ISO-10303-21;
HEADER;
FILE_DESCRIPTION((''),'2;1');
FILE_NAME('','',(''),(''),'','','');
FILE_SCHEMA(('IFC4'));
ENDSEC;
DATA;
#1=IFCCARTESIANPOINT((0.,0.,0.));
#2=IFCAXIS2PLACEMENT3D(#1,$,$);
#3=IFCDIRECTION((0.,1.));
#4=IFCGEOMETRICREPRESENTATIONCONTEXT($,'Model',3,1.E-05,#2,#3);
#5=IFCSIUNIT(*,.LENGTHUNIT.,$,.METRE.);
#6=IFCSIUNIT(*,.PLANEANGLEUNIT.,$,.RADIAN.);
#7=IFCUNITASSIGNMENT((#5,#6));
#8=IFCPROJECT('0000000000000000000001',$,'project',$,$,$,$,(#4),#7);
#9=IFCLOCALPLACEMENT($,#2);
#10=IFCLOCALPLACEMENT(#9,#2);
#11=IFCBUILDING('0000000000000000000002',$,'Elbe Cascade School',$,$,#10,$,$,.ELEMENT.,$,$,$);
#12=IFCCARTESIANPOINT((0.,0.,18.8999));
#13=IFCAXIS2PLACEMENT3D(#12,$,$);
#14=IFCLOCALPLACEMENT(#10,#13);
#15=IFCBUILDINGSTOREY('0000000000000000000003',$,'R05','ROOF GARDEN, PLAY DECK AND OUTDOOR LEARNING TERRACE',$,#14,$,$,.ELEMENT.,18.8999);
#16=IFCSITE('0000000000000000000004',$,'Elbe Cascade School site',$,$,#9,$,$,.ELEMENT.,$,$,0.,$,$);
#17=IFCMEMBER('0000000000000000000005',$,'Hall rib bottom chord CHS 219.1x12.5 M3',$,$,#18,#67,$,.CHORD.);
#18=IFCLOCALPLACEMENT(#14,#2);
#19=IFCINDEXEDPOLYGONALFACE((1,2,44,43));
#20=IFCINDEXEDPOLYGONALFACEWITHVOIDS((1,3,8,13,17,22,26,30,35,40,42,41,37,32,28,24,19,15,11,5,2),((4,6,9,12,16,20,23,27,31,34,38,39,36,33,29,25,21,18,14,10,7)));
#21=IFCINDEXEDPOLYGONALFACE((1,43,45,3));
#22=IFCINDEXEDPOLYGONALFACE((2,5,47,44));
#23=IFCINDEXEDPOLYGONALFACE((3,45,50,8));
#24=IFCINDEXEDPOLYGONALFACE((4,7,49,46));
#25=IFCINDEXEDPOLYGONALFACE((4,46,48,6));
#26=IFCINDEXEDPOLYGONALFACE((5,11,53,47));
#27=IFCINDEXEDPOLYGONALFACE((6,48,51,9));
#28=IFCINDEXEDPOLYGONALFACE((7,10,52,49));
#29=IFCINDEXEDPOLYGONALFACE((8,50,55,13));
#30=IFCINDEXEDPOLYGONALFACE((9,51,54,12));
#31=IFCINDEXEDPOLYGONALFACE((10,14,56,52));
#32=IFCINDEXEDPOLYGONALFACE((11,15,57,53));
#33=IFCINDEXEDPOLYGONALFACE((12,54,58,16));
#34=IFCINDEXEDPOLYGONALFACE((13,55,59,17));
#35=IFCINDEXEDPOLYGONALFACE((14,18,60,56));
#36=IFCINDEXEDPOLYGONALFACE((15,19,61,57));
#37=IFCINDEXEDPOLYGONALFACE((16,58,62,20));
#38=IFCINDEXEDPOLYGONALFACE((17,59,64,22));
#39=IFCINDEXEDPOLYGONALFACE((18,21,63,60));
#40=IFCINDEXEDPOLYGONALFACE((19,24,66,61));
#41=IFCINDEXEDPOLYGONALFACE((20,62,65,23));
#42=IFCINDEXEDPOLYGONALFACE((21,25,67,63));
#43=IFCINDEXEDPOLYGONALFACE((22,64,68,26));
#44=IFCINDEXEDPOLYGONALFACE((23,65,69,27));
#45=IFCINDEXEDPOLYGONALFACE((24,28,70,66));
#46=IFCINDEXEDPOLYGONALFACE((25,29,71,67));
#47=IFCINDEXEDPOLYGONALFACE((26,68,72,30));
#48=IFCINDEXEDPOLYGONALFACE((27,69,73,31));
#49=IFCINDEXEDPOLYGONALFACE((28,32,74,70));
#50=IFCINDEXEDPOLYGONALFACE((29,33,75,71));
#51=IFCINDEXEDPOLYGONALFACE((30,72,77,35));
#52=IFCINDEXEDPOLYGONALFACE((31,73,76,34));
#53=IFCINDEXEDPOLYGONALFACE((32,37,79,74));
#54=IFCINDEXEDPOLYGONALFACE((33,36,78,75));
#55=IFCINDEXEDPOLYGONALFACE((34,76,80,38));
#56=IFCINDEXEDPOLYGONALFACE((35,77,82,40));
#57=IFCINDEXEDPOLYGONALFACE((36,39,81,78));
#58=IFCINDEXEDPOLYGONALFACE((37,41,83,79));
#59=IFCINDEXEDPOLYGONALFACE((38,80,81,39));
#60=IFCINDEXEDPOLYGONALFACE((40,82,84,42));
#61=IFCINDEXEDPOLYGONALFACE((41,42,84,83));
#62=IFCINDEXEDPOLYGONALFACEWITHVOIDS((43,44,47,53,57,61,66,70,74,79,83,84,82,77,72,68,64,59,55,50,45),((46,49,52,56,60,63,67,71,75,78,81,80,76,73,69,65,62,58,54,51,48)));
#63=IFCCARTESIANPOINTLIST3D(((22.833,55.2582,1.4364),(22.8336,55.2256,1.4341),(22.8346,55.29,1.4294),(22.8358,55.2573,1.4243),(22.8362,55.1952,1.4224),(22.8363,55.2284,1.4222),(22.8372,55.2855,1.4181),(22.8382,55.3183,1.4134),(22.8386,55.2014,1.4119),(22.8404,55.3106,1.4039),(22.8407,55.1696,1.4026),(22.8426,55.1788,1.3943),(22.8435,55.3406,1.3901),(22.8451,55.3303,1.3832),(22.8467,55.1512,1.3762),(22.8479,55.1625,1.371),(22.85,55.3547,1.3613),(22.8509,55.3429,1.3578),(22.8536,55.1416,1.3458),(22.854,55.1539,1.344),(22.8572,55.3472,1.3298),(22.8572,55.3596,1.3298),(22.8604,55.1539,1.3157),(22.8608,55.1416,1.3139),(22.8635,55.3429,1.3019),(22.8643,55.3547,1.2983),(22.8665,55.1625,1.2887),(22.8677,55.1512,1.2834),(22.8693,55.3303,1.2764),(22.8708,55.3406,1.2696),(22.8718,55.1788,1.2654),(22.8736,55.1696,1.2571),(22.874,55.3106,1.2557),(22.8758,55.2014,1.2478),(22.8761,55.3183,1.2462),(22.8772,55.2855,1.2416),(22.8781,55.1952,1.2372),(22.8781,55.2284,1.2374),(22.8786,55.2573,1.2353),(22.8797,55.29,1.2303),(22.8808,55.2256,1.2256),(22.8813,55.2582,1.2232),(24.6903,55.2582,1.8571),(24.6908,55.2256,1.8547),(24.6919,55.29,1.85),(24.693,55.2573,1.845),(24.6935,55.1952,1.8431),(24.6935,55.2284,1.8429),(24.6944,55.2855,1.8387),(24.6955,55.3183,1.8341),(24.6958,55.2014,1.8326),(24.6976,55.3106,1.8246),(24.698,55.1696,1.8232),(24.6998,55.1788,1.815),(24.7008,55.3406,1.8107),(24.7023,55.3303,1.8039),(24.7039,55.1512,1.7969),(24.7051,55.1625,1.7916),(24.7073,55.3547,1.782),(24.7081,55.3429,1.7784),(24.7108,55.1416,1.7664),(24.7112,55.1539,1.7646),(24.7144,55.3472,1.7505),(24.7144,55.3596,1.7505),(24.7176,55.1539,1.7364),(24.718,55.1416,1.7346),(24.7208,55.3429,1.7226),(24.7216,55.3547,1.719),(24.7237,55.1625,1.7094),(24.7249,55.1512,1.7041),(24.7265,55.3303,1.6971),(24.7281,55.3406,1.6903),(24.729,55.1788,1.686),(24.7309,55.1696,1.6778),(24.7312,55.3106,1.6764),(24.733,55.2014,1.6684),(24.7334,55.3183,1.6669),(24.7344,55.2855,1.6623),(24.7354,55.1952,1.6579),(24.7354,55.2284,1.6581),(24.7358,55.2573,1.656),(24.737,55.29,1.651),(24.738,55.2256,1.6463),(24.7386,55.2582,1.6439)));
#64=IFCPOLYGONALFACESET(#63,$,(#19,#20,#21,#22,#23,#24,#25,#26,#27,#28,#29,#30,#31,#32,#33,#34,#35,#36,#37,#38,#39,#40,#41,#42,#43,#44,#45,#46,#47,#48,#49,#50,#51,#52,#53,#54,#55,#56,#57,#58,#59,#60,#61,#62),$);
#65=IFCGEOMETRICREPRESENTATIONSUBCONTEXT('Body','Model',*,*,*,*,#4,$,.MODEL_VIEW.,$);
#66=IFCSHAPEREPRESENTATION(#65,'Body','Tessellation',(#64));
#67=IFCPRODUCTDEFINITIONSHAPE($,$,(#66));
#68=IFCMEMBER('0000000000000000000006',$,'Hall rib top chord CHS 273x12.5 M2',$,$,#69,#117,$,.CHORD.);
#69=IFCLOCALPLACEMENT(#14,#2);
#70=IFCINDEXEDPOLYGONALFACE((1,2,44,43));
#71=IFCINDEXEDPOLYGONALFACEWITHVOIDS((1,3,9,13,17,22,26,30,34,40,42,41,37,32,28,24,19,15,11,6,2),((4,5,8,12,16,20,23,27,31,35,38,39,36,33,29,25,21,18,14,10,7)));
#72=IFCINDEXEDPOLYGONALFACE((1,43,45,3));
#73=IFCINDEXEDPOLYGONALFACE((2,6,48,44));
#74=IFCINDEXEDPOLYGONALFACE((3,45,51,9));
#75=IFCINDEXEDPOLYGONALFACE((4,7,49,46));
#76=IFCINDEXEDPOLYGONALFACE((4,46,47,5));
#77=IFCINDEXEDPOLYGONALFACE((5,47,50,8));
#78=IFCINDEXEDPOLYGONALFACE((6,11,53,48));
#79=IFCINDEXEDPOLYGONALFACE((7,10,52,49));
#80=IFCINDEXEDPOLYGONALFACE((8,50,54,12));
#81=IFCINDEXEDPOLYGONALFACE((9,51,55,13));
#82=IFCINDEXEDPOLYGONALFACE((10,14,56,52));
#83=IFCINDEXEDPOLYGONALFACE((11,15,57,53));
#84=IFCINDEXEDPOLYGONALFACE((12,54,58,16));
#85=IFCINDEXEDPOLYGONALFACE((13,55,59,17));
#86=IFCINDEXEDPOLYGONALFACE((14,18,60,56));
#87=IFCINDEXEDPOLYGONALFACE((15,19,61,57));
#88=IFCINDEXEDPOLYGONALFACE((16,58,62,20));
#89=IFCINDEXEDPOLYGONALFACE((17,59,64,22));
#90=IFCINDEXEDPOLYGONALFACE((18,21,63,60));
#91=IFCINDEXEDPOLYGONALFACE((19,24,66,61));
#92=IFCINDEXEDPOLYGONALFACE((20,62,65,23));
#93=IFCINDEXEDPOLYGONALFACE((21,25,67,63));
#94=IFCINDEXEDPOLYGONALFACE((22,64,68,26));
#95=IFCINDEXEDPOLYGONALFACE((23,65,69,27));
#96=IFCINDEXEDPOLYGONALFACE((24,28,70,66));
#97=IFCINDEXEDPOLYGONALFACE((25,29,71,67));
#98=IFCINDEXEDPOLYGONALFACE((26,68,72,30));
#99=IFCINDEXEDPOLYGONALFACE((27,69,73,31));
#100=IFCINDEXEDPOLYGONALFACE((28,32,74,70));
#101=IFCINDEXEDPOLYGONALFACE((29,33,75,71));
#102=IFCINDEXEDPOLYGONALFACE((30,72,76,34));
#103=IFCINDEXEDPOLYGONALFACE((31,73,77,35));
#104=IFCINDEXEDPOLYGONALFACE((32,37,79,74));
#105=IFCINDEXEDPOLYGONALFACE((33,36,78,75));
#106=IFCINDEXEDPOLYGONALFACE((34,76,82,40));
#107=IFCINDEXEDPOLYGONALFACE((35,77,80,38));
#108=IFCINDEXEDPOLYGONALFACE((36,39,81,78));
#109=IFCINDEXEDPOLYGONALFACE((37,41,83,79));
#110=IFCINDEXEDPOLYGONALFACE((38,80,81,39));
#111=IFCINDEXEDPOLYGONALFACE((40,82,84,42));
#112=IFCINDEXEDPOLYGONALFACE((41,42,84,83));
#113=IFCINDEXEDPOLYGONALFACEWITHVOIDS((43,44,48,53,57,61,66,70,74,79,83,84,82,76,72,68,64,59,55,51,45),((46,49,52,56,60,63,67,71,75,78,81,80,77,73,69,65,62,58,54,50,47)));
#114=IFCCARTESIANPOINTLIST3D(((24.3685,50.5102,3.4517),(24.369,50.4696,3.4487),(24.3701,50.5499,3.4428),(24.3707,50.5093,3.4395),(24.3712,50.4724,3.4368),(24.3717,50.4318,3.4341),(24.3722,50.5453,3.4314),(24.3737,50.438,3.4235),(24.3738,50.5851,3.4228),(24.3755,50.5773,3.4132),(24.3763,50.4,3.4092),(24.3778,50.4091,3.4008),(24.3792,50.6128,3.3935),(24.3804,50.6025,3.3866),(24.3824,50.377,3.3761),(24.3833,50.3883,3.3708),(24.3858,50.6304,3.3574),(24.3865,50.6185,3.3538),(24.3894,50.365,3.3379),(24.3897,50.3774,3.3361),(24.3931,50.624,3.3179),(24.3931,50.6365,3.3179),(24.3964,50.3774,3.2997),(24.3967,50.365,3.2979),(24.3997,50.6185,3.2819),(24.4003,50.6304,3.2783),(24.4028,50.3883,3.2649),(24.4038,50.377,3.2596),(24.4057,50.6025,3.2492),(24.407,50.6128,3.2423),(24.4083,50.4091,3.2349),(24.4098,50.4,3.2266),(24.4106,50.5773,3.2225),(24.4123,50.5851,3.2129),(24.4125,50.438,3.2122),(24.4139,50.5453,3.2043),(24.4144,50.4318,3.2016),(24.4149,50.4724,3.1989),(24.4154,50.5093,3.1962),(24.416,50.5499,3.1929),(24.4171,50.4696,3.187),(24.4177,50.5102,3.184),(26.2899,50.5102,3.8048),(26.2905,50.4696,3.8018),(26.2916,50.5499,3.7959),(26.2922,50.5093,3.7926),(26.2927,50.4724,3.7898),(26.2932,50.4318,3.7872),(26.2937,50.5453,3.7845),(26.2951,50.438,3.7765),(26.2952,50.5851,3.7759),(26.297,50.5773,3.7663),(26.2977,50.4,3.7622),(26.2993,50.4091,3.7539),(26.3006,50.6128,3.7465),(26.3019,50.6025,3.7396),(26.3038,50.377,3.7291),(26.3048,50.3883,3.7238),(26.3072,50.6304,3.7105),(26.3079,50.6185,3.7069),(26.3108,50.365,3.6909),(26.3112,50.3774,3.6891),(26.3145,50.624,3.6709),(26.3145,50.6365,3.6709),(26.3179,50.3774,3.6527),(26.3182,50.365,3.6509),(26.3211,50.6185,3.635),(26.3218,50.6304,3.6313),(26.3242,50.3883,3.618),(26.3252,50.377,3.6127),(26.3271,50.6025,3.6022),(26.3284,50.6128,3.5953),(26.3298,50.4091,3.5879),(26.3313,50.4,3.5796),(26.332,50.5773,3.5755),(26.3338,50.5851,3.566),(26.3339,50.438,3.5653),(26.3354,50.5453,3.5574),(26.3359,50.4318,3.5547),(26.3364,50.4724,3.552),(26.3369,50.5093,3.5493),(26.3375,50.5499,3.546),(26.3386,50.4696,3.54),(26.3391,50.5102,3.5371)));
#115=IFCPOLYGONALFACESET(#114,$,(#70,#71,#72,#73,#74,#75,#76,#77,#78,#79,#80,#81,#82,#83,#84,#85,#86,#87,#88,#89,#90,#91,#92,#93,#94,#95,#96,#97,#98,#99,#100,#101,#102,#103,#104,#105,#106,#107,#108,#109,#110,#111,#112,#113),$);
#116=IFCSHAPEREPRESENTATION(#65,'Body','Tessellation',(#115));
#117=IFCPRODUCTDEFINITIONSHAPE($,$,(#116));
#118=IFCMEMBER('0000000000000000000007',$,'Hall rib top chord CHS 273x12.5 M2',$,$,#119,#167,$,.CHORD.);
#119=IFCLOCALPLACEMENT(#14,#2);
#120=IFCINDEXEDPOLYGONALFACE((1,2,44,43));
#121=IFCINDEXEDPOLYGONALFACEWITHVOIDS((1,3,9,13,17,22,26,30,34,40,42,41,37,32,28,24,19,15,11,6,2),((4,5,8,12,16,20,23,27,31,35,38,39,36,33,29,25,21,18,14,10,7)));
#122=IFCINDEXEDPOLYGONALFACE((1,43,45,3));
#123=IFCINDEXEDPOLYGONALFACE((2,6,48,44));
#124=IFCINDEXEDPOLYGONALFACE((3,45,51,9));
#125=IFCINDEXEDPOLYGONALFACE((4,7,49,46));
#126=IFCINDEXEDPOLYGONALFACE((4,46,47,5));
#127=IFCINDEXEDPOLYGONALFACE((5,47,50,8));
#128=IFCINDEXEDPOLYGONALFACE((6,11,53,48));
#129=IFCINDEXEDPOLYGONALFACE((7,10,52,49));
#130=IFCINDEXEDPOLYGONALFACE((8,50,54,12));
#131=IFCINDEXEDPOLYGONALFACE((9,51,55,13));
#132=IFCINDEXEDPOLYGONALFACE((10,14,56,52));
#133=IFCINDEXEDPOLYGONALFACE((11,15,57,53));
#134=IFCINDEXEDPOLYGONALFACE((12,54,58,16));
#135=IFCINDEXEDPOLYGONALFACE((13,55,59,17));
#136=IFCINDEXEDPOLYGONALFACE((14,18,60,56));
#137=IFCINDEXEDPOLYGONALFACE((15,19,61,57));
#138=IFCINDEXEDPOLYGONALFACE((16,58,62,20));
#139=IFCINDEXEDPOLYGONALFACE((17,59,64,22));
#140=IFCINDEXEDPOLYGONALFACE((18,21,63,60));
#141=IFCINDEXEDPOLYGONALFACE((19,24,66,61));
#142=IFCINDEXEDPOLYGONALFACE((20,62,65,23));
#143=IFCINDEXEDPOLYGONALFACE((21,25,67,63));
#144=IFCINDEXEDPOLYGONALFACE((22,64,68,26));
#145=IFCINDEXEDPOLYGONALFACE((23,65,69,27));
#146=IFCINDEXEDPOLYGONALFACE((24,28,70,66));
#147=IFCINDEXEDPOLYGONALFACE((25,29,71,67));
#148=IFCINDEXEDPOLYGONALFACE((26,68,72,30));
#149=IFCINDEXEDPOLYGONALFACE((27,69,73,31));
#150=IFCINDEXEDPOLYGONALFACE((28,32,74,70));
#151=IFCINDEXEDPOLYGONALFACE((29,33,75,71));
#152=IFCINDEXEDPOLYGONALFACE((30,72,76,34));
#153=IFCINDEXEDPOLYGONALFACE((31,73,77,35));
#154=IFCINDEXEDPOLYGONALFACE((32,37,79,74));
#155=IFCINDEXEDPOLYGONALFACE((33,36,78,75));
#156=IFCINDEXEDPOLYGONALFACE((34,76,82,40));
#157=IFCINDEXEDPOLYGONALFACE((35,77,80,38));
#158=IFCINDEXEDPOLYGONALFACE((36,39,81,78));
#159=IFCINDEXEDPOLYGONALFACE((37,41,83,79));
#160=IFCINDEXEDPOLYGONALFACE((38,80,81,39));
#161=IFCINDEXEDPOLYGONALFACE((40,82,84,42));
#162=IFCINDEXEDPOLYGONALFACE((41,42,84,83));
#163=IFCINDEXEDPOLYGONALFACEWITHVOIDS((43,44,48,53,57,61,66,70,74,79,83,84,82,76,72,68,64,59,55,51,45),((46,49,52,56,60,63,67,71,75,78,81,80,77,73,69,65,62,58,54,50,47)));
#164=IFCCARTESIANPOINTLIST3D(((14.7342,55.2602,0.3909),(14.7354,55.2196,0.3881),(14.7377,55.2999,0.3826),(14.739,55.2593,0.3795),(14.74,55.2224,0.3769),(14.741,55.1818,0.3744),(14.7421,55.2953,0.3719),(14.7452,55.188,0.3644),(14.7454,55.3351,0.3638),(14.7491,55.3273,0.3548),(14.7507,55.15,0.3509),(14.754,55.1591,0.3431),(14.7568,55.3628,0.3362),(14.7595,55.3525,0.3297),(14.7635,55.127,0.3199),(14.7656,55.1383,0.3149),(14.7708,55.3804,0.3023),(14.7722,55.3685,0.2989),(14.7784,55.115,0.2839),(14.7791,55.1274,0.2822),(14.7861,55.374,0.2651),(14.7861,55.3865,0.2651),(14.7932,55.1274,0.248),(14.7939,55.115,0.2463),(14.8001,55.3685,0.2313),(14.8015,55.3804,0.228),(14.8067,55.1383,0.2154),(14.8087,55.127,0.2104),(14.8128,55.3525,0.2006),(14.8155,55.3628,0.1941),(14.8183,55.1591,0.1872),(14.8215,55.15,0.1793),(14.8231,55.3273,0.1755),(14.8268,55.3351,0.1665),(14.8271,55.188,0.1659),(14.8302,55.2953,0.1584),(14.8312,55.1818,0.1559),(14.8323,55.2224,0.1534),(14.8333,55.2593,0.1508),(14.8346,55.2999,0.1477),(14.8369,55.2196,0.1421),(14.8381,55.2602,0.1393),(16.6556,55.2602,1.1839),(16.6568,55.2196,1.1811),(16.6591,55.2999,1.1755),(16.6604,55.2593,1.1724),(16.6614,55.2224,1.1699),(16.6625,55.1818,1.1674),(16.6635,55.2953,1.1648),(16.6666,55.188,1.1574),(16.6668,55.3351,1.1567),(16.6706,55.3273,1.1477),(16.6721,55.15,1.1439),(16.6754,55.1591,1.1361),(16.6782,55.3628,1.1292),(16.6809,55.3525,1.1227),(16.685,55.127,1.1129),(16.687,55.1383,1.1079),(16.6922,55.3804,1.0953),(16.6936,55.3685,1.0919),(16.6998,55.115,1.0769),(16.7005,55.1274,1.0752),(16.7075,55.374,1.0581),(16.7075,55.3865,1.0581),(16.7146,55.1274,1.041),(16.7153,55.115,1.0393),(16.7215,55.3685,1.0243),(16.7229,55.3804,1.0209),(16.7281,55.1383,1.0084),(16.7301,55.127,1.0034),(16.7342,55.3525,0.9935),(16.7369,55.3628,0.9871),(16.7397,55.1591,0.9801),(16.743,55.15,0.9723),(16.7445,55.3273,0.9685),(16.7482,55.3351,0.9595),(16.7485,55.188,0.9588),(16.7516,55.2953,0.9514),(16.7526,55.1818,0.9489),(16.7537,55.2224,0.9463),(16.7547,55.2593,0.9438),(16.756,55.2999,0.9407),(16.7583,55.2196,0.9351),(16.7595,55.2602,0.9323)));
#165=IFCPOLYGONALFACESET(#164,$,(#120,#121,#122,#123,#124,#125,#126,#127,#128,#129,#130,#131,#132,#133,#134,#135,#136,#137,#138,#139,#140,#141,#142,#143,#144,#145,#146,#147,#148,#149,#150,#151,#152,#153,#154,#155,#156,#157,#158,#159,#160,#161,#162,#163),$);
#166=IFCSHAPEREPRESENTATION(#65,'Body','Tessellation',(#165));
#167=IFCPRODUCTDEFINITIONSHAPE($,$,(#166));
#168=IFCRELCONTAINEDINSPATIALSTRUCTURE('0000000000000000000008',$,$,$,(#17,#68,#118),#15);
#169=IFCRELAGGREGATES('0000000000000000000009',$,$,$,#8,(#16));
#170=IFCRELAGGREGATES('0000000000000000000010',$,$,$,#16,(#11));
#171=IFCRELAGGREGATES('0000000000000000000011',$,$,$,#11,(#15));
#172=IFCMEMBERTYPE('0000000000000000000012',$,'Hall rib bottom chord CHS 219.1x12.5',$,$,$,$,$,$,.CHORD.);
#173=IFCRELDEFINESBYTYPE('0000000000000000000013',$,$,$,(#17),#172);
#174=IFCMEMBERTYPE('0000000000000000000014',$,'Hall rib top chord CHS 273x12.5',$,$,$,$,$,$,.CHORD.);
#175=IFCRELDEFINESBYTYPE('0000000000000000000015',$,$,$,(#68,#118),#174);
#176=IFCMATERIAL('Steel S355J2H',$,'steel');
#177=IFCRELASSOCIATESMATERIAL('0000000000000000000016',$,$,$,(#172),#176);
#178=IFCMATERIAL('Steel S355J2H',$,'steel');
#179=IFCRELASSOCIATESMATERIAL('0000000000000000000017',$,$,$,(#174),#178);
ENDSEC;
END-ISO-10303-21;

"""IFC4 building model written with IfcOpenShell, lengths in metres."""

from ifc_helpers import new_model, si_unit, direction, frame, origin, origin_2d, place, context, subcontext, project, spatial, hollow_circle, extrude, material, material_profile, profile_set, type_object, element, save


model = new_model("IFC4")

# Units and contexts
model_context = context("Model", 3, precision=1e-05, world=origin(), true_north=direction((0.0, 1.0)))
body_context = subcontext(model_context, "Body", "Model", "MODEL_VIEW")
ifc_project = project(units=[si_unit("LENGTHUNIT", "METRE"), si_unit("PLANEANGLEUNIT", "RADIAN")], contexts=[model_context])

# Site, building, storey
site_placement = place(None, origin())
site = spatial("IfcSite", under=ifc_project, at=site_placement, Name="Elbe Cascade School site", CompositionType="ELEMENT", RefElevation=0.0)
building_placement = place(site_placement, origin())
building = spatial("IfcBuilding", under=site, at=building_placement, Name="Elbe Cascade School", CompositionType="ELEMENT")
storey_placement = place(building_placement, frame((0.0, 0.0, 18.8999)))
storey = spatial("IfcBuildingStorey", under=building, at=storey_placement, Name="R05", Description="ROOF GARDEN, PLAY DECK AND OUTDOOR LEARNING TERRACE", CompositionType="ELEMENT", Elevation=18.8999)

# Members
ifc_material_1 = material(Name="Steel S355J2H", Category="steel")
ifc_material_profile_1 = material_profile(ifc_material_1, hollow_circle(Radius=0.1096, WallThickness=0.0125, at=origin_2d()), Name="CHS 219.1x12.5")
ifc_profile_set_1 = profile_set([ifc_material_profile_1], Name="Steel S355J2H")
member_type_1 = type_object("IfcMemberType", Name="Hall rib bottom chord CHS 219.1x12.5", PredefinedType="CHORD", material=ifc_profile_set_1)
member_1_placement = place(storey_placement, frame((22.8572, 55.25, 1.3298), z_axis=(0.975295, 0.0, 0.220906), x_axis=(0.0, 1.0, 0.0)))
element("IfcMember", 1, at=member_1_placement, inside=storey, type_object=member_type_1, Name="Hall rib bottom chord CHS 219.1x12.5 M3", PredefinedType="CHORD", context=body_context, shape_type="SweptSolid", body=[
    extrude(hollow_circle(Radius=0.1096, WallThickness=0.0125, at=origin_2d()), origin(), (0.0, 0.0, 1.0), 1.9043),
])
ifc_material_2 = material(Name="Steel S355J2H", Category="steel")
ifc_material_profile_2 = material_profile(ifc_material_2, hollow_circle(Radius=0.1365, WallThickness=0.0125, at=origin_2d()), Name="CHS 273x12.5")
ifc_profile_set_2 = profile_set([ifc_material_profile_2], Name="Steel S355J2H")
member_type_2 = type_object("IfcMemberType", Name="Hall rib top chord CHS 273x12.5", PredefinedType="CHORD", material=ifc_profile_set_2)
member_2_placement = place(storey_placement, frame((24.3931, 50.5, 3.3179), z_axis=(0.983536, 0.0, 0.180711), x_axis=(0.0, 1.0, 0.0)))
element("IfcMember", 2, at=member_2_placement, inside=storey, type_object=member_type_2, Name="Hall rib top chord CHS 273x12.5 M2", PredefinedType="CHORD", context=body_context, shape_type="SweptSolid", body=[
    extrude(hollow_circle(Radius=0.1365, WallThickness=0.0125, at=origin_2d()), origin(), (0.0, 0.0, 1.0), 1.9536),
])
member_3_placement = place(storey_placement, frame((14.7861, 55.25, 0.2651), z_axis=(0.924371, 0.0, 0.381494), x_axis=(0.0, 1.0, 0.0)))
element("IfcMember", 3, at=member_3_placement, inside=storey, type_object=member_type_2, Name="Hall rib top chord CHS 273x12.5 M2", PredefinedType="CHORD", context=body_context, shape_type="SweptSolid", body=[
    extrude(hollow_circle(Radius=0.1365, WallThickness=0.0125, at=origin_2d()), origin(), (0.0, 0.0, 1.0), 2.0786),
])

save(model, "model.ifc")
